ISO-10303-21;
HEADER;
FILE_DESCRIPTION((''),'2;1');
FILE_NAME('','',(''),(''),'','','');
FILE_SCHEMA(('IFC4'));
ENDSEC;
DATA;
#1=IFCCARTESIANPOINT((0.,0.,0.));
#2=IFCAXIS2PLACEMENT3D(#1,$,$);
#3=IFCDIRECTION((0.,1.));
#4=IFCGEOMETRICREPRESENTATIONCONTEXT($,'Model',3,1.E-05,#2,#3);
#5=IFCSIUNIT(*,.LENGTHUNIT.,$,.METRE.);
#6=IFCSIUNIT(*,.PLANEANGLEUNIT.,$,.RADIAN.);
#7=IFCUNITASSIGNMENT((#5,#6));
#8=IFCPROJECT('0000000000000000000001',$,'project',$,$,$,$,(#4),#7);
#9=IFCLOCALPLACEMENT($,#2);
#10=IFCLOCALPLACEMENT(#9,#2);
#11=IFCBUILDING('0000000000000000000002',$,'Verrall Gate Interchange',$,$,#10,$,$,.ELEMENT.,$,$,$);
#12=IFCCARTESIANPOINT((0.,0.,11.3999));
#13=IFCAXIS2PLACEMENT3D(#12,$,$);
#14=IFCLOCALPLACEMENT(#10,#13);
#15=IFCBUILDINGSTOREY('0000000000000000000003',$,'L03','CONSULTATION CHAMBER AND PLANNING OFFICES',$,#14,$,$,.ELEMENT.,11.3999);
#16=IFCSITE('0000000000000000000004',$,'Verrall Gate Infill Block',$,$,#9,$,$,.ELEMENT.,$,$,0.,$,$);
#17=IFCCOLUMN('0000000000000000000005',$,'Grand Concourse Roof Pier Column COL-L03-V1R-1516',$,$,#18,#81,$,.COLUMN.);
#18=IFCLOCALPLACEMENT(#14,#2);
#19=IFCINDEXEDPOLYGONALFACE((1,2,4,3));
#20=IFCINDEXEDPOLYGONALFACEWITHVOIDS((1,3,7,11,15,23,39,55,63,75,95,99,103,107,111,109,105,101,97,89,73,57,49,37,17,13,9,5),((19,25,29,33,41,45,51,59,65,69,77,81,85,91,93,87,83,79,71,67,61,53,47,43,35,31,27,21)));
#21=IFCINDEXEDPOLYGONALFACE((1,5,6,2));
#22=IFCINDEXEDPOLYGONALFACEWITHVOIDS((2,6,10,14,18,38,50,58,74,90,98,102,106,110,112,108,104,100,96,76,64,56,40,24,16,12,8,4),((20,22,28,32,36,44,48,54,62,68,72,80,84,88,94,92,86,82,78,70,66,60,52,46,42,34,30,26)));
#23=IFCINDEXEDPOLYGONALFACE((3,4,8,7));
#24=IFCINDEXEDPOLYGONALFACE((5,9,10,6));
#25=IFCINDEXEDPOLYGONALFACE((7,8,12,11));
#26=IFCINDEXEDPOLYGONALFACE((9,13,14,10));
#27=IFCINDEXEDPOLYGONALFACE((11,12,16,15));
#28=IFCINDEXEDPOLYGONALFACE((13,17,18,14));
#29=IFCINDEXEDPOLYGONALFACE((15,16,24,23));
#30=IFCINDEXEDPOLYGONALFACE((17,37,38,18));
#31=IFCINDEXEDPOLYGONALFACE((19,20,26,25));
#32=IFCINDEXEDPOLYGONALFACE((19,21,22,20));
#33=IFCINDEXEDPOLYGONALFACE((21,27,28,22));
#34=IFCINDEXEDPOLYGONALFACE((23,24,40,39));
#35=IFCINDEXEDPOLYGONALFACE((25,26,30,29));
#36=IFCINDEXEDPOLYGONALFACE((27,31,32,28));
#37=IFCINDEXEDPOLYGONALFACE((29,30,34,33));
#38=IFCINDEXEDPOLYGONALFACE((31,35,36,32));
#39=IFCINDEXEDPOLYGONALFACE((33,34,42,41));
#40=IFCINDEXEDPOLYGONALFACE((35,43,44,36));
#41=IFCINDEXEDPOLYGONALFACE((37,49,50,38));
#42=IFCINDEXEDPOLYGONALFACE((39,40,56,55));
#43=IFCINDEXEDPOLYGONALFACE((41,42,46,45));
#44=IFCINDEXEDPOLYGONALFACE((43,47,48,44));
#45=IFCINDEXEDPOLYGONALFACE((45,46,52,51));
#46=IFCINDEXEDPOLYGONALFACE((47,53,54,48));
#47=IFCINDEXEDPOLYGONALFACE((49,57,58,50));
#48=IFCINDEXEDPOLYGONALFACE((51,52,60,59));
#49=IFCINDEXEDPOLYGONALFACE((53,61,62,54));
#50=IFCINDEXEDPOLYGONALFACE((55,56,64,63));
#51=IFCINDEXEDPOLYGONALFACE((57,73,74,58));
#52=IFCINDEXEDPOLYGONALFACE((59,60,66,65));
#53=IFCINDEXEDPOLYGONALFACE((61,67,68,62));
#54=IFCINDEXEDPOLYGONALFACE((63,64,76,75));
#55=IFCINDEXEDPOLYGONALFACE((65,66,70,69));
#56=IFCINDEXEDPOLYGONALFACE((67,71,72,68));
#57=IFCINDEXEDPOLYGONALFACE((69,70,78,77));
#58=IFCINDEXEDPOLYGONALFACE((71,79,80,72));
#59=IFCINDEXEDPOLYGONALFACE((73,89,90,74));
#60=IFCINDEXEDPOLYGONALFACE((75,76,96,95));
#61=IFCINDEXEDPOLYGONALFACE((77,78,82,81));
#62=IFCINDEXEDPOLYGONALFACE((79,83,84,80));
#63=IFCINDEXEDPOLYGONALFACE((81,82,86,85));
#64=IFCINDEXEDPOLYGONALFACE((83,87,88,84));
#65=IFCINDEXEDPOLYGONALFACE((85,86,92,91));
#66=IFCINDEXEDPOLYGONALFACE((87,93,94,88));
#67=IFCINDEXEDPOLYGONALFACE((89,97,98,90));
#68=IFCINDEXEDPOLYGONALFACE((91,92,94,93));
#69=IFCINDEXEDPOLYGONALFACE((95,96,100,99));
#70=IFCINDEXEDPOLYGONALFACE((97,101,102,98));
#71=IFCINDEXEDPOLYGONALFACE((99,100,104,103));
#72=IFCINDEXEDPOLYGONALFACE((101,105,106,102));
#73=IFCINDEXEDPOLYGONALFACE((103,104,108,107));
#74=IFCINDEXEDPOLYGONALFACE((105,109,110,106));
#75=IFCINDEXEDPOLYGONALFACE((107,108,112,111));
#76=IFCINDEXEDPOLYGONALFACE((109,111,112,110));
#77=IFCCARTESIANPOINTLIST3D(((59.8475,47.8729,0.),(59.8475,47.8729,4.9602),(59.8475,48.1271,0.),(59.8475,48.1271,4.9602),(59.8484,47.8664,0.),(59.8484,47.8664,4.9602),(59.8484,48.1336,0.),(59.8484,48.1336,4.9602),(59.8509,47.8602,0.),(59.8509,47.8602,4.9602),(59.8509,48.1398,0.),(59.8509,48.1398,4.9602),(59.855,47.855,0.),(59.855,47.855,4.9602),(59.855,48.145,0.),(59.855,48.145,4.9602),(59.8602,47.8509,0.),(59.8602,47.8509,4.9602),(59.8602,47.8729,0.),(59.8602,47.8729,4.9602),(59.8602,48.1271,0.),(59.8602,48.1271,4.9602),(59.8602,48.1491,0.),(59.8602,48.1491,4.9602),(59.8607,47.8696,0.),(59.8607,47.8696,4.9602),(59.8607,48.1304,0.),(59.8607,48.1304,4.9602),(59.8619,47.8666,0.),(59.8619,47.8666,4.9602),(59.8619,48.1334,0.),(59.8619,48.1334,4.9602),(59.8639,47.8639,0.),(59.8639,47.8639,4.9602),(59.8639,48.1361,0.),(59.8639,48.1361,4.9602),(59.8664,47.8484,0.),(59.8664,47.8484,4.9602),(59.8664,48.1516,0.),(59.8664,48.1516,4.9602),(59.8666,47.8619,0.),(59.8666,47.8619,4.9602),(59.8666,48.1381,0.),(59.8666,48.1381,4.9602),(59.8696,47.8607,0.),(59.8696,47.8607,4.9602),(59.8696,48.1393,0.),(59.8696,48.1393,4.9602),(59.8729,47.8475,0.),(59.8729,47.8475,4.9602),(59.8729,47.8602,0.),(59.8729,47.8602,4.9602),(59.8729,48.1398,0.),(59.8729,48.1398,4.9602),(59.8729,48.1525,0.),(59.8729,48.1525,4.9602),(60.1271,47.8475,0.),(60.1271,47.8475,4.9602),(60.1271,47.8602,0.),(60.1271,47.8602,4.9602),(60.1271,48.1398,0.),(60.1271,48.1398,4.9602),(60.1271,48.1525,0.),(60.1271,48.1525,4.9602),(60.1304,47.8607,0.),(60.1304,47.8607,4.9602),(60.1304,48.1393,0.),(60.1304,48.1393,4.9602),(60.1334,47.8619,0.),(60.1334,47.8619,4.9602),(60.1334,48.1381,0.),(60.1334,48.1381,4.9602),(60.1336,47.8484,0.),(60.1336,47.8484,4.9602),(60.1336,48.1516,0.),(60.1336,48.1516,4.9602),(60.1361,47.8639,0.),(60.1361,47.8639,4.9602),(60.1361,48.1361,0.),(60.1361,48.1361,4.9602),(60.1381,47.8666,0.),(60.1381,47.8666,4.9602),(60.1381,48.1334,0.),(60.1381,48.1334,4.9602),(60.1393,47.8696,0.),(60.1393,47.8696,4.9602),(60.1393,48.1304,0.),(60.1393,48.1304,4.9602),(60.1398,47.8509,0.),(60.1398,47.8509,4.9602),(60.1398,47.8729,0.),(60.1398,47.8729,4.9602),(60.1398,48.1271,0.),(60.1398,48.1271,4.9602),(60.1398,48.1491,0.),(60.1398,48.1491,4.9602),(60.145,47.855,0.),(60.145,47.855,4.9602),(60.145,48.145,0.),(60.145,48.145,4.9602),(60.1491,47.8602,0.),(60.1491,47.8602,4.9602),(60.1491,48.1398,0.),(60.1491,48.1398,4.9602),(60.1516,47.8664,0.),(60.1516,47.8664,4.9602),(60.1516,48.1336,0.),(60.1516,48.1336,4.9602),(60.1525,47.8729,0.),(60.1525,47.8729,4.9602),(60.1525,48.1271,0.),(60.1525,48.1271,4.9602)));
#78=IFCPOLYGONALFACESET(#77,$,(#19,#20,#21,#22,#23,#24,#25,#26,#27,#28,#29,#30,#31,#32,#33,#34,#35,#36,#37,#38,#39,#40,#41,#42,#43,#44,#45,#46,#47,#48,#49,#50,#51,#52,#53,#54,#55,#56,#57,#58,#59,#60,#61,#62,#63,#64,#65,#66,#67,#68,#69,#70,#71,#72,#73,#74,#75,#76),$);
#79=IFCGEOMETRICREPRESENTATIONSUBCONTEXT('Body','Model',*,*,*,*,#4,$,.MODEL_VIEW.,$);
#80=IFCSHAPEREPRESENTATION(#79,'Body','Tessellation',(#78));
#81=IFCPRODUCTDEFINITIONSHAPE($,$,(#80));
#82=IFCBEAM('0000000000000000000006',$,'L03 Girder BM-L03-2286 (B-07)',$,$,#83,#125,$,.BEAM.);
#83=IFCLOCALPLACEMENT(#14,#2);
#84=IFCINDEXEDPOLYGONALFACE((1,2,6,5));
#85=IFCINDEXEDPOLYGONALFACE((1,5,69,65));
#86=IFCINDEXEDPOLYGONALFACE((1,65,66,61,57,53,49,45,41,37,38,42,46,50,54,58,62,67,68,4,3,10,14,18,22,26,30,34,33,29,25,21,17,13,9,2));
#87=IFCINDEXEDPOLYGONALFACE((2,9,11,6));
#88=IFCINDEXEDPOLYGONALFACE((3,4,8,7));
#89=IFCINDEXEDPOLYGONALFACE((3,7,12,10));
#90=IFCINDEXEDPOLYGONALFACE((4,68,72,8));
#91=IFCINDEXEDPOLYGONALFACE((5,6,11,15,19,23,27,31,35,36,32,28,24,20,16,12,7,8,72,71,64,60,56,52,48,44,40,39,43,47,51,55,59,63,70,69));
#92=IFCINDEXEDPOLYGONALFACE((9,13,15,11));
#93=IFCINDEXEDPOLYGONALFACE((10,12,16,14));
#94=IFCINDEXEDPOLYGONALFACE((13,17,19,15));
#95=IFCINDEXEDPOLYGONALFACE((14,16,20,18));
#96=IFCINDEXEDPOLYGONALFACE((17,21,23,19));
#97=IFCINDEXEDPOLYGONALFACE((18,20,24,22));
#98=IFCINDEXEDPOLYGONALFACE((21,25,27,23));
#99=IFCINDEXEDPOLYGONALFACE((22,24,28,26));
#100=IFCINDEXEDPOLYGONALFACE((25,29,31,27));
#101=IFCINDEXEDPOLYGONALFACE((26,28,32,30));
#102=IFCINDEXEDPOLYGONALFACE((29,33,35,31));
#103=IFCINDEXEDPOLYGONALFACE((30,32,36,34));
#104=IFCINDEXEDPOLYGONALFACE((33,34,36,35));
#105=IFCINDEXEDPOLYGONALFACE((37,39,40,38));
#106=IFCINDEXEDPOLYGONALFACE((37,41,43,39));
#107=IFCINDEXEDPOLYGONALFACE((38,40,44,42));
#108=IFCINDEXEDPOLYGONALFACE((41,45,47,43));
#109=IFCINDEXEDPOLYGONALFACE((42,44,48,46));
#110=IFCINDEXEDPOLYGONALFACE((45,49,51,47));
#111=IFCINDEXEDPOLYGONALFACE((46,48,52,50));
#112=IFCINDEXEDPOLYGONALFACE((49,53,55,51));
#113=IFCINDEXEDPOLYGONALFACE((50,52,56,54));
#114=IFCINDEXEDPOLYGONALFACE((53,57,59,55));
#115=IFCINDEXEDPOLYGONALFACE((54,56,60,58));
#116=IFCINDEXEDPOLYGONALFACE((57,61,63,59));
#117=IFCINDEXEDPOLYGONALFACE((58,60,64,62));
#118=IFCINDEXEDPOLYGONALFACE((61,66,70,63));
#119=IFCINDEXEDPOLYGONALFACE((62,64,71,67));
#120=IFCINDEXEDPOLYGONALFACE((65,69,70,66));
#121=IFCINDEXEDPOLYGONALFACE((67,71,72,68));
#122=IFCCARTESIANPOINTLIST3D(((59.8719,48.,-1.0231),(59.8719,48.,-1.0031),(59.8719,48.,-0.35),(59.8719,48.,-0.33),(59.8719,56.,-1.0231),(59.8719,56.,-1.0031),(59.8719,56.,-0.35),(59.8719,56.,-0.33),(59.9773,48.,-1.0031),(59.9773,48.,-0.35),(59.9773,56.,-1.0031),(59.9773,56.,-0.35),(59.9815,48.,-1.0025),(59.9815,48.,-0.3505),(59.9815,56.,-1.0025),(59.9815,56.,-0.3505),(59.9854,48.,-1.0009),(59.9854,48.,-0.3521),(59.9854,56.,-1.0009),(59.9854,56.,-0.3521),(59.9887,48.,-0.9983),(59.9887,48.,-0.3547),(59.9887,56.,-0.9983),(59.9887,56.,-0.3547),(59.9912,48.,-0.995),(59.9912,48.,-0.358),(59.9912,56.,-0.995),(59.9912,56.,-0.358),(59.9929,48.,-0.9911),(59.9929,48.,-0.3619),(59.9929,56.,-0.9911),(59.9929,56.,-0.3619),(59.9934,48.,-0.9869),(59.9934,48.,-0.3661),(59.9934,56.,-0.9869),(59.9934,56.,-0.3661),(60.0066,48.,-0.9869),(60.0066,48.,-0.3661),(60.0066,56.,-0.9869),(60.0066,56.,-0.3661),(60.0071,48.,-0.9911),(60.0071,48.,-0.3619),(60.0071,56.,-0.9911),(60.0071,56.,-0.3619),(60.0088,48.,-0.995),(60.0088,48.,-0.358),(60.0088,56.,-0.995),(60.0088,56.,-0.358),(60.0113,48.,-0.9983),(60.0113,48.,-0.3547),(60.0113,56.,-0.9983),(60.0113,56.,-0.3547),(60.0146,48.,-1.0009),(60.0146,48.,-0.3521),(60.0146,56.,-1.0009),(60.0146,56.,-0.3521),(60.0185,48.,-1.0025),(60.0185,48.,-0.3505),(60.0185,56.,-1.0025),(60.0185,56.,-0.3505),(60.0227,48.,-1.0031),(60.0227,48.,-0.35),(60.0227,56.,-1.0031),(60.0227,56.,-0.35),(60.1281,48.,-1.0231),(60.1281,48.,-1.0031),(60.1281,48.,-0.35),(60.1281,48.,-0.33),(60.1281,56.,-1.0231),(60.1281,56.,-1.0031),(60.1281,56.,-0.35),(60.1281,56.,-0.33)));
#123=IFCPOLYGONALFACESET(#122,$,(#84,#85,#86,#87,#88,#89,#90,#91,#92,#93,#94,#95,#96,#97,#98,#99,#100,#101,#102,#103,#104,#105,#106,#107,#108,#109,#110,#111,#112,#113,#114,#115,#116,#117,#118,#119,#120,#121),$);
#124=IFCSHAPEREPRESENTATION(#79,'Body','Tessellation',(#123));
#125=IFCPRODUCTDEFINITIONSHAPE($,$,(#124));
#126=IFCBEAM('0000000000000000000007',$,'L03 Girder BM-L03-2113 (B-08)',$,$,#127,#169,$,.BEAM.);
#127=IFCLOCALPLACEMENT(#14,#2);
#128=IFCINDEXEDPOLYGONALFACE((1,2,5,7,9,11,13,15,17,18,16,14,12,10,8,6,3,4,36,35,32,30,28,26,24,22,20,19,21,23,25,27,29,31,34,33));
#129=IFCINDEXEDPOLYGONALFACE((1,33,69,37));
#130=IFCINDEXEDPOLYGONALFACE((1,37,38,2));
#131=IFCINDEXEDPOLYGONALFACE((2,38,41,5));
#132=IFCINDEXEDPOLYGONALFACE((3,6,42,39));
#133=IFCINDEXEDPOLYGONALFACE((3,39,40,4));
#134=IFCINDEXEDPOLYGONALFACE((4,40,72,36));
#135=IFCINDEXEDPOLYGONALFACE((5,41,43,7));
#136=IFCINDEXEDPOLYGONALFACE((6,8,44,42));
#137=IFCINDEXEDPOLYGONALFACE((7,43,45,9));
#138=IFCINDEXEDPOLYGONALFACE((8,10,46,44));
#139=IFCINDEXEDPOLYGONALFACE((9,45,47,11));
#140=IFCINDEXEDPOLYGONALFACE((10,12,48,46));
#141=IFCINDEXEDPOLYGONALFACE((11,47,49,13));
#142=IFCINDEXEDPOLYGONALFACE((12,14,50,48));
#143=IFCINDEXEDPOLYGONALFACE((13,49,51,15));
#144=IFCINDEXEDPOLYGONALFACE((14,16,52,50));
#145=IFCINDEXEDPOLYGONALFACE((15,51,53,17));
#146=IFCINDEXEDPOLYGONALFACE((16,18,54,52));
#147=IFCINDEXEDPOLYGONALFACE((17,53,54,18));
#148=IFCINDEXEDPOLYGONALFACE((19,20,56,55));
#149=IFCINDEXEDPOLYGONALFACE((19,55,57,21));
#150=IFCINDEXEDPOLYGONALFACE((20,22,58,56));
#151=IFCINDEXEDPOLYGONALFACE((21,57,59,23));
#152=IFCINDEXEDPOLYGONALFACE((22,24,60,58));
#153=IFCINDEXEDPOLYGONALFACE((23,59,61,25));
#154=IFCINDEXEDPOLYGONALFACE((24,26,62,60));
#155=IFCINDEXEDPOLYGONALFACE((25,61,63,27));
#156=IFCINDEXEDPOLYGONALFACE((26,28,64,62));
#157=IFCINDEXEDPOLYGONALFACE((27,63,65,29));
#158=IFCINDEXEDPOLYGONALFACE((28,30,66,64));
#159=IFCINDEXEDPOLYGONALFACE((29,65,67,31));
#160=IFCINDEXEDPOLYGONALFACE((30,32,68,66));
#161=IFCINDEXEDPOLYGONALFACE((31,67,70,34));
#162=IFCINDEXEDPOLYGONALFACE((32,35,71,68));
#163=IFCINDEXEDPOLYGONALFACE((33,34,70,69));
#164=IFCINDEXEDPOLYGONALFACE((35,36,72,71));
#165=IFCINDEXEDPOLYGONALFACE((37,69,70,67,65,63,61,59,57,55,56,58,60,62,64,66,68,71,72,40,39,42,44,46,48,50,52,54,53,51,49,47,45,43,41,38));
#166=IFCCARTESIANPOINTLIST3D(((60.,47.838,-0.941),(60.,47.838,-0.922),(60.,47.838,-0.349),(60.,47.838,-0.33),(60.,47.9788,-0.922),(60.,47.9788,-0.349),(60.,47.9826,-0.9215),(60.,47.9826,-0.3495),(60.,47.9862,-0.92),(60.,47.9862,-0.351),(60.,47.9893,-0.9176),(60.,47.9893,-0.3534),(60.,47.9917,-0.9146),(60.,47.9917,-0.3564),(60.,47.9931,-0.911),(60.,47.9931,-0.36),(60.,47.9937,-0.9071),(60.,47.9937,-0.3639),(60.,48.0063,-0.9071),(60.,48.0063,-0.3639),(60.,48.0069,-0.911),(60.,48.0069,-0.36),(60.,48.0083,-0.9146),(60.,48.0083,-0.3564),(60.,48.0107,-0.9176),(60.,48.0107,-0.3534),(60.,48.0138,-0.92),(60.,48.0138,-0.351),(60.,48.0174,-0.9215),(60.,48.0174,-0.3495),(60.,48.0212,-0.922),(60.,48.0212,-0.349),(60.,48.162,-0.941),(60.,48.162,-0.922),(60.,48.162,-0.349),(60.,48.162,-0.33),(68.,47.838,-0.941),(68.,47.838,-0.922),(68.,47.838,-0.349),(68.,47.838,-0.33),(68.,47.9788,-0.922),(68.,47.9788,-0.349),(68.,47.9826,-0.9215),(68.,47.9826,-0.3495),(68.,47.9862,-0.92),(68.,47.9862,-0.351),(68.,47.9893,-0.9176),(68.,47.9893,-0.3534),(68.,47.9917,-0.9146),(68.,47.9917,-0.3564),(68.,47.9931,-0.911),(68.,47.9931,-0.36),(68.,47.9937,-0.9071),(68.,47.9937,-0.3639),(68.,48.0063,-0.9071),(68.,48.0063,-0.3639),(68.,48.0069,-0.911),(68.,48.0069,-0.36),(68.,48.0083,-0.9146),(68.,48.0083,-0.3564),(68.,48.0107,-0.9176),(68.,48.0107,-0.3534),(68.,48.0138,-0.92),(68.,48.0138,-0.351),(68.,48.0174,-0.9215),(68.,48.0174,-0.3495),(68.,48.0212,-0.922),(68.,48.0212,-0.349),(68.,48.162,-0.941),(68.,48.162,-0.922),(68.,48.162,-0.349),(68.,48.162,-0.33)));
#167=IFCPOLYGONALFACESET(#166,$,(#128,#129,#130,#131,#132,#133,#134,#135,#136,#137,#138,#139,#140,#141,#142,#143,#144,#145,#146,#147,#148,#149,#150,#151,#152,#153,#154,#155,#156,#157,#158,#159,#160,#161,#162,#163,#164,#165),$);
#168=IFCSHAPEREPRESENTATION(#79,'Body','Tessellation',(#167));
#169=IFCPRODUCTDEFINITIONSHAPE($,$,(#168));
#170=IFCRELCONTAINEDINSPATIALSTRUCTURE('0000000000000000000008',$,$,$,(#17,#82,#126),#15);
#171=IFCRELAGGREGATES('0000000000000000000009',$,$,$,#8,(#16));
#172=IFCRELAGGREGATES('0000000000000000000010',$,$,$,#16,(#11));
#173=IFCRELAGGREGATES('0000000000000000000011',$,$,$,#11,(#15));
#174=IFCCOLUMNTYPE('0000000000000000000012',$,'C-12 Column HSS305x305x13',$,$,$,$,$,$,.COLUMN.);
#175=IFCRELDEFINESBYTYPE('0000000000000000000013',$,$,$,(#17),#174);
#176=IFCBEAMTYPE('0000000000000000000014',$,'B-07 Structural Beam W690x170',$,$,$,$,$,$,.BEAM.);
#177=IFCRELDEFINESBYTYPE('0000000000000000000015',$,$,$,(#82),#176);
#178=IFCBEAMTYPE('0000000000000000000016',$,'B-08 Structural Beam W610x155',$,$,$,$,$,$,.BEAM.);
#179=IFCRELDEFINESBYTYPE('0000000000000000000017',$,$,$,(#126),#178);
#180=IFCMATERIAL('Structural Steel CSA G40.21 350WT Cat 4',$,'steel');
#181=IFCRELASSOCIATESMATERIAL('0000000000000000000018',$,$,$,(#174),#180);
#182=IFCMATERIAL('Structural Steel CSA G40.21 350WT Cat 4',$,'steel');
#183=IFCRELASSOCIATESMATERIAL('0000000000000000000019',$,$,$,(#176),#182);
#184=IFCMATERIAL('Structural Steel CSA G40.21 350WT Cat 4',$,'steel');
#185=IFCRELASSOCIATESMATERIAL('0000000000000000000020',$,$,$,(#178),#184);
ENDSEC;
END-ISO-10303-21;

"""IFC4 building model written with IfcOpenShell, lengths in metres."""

from ifc_helpers import new_model, si_unit, direction, frame, origin, origin_2d, place, context, subcontext, project, spatial, hollow_rectangle, i_section, extrude, material, material_profile, profile_set, type_object, element, save


model = new_model("IFC4")

# Units and contexts
model_context = context("Model", 3, precision=1e-05, world=origin(), true_north=direction((0.0, 1.0)))
body_context = subcontext(model_context, "Body", "Model", "MODEL_VIEW")
ifc_project = project(units=[si_unit("LENGTHUNIT", "METRE"), si_unit("PLANEANGLEUNIT", "RADIAN")], contexts=[model_context])

# Site, building, storey
site_placement = place(None, origin())
site = spatial("IfcSite", under=ifc_project, at=site_placement, Name="Verrall Gate Infill Block", CompositionType="ELEMENT", RefElevation=0.0)
building_placement = place(site_placement, origin())
building = spatial("IfcBuilding", under=site, at=building_placement, Name="Verrall Gate Interchange", CompositionType="ELEMENT")
storey_placement = place(building_placement, frame((0.0, 0.0, 11.3999)))
storey = spatial("IfcBuildingStorey", under=building, at=storey_placement, Name="L03", Description="CONSULTATION CHAMBER AND PLANNING OFFICES", CompositionType="ELEMENT", Elevation=11.3999)

# Column
ifc_material_1 = material(Name="Structural Steel CSA G40.21 350WT Cat 4", Category="steel")
ifc_material_profile_1 = material_profile(ifc_material_1, hollow_rectangle(XDim=0.3049, YDim=0.3049, WallThickness=0.0127, InnerFilletRadius=0.0127, OuterFilletRadius=0.0254, at=origin_2d()), Name="HSS305x305x13")
ifc_profile_set_1 = profile_set([ifc_material_profile_1], Name="Structural Steel CSA G40.21 350WT Cat 4")
column_type = type_object("IfcColumnType", Name="C-12 Column HSS305x305x13", PredefinedType="COLUMN", material=ifc_profile_set_1)
column_placement = place(storey_placement, frame((60.0, 48.0, 0.0), z_axis=(0.0, 0.0, 1.0), x_axis=(1.0, 0.0, 0.0)))
element("IfcColumn", 1, at=column_placement, inside=storey, type_object=column_type, Name="Grand Concourse Roof Pier Column COL-L03-V1R-1516", PredefinedType="COLUMN", context=body_context, shape_type="SweptSolid", body=[
    extrude(hollow_rectangle(XDim=0.3049, YDim=0.3049, WallThickness=0.0127, InnerFilletRadius=0.0127, OuterFilletRadius=0.0254, at=origin_2d()), origin(), (0.0, 0.0, 1.0), 4.9602),
])

# Beams
ifc_material_2 = material(Name="Structural Steel CSA G40.21 350WT Cat 4", Category="steel")
ifc_material_profile_2 = material_profile(ifc_material_2, i_section(OverallWidth=0.2561, OverallDepth=0.6931, WebThickness=0.0132, FlangeThickness=0.02, FilletRadius=0.0161, at=origin_2d()), Name="W690x170")
ifc_profile_set_2 = profile_set([ifc_material_profile_2], Name="Structural Steel CSA G40.21 350WT Cat 4")
beam_type_1 = type_object("IfcBeamType", Name="B-07 Structural Beam W690x170", PredefinedType="BEAM", material=ifc_profile_set_2)
beam_1_placement = place(storey_placement, frame((60.0, 48.0, -0.6765), z_axis=(0.0, 1.0, 0.0), x_axis=(-1.0, 0.0, 0.0)))
element("IfcBeam", 2, at=beam_1_placement, inside=storey, type_object=beam_type_1, Name="L03 Girder BM-L03-2286 (B-07)", PredefinedType="BEAM", context=body_context, shape_type="SweptSolid", body=[
    extrude(i_section(OverallWidth=0.2561, OverallDepth=0.6931, WebThickness=0.0132, FlangeThickness=0.02, FilletRadius=0.0161, at=origin_2d()), origin(), (0.0, 0.0, 1.0), 8.0),
])
ifc_material_3 = material(Name="Structural Steel CSA G40.21 350WT Cat 4", Category="steel")
ifc_material_profile_3 = material_profile(ifc_material_3, i_section(OverallWidth=0.324, OverallDepth=0.6111, WebThickness=0.0127, FlangeThickness=0.019, FilletRadius=0.0149, at=origin_2d()), Name="W610x155")
ifc_profile_set_3 = profile_set([ifc_material_profile_3], Name="Structural Steel CSA G40.21 350WT Cat 4")
beam_type_2 = type_object("IfcBeamType", Name="B-08 Structural Beam W610x155", PredefinedType="BEAM", material=ifc_profile_set_3)
beam_2_placement = place(storey_placement, frame((60.0, 48.0, -0.6355), z_axis=(1.0, 0.0, 0.0), x_axis=(0.0, 1.0, 0.0)))
element("IfcBeam", 3, at=beam_2_placement, inside=storey, type_object=beam_type_2, Name="L03 Girder BM-L03-2113 (B-08)", PredefinedType="BEAM", context=body_context, shape_type="SweptSolid", body=[
    extrude(i_section(OverallWidth=0.324, OverallDepth=0.6111, WebThickness=0.0127, FlangeThickness=0.019, FilletRadius=0.0149, at=origin_2d()), origin(), (0.0, 0.0, 1.0), 8.0),
])

save(model, "model.ifc")
